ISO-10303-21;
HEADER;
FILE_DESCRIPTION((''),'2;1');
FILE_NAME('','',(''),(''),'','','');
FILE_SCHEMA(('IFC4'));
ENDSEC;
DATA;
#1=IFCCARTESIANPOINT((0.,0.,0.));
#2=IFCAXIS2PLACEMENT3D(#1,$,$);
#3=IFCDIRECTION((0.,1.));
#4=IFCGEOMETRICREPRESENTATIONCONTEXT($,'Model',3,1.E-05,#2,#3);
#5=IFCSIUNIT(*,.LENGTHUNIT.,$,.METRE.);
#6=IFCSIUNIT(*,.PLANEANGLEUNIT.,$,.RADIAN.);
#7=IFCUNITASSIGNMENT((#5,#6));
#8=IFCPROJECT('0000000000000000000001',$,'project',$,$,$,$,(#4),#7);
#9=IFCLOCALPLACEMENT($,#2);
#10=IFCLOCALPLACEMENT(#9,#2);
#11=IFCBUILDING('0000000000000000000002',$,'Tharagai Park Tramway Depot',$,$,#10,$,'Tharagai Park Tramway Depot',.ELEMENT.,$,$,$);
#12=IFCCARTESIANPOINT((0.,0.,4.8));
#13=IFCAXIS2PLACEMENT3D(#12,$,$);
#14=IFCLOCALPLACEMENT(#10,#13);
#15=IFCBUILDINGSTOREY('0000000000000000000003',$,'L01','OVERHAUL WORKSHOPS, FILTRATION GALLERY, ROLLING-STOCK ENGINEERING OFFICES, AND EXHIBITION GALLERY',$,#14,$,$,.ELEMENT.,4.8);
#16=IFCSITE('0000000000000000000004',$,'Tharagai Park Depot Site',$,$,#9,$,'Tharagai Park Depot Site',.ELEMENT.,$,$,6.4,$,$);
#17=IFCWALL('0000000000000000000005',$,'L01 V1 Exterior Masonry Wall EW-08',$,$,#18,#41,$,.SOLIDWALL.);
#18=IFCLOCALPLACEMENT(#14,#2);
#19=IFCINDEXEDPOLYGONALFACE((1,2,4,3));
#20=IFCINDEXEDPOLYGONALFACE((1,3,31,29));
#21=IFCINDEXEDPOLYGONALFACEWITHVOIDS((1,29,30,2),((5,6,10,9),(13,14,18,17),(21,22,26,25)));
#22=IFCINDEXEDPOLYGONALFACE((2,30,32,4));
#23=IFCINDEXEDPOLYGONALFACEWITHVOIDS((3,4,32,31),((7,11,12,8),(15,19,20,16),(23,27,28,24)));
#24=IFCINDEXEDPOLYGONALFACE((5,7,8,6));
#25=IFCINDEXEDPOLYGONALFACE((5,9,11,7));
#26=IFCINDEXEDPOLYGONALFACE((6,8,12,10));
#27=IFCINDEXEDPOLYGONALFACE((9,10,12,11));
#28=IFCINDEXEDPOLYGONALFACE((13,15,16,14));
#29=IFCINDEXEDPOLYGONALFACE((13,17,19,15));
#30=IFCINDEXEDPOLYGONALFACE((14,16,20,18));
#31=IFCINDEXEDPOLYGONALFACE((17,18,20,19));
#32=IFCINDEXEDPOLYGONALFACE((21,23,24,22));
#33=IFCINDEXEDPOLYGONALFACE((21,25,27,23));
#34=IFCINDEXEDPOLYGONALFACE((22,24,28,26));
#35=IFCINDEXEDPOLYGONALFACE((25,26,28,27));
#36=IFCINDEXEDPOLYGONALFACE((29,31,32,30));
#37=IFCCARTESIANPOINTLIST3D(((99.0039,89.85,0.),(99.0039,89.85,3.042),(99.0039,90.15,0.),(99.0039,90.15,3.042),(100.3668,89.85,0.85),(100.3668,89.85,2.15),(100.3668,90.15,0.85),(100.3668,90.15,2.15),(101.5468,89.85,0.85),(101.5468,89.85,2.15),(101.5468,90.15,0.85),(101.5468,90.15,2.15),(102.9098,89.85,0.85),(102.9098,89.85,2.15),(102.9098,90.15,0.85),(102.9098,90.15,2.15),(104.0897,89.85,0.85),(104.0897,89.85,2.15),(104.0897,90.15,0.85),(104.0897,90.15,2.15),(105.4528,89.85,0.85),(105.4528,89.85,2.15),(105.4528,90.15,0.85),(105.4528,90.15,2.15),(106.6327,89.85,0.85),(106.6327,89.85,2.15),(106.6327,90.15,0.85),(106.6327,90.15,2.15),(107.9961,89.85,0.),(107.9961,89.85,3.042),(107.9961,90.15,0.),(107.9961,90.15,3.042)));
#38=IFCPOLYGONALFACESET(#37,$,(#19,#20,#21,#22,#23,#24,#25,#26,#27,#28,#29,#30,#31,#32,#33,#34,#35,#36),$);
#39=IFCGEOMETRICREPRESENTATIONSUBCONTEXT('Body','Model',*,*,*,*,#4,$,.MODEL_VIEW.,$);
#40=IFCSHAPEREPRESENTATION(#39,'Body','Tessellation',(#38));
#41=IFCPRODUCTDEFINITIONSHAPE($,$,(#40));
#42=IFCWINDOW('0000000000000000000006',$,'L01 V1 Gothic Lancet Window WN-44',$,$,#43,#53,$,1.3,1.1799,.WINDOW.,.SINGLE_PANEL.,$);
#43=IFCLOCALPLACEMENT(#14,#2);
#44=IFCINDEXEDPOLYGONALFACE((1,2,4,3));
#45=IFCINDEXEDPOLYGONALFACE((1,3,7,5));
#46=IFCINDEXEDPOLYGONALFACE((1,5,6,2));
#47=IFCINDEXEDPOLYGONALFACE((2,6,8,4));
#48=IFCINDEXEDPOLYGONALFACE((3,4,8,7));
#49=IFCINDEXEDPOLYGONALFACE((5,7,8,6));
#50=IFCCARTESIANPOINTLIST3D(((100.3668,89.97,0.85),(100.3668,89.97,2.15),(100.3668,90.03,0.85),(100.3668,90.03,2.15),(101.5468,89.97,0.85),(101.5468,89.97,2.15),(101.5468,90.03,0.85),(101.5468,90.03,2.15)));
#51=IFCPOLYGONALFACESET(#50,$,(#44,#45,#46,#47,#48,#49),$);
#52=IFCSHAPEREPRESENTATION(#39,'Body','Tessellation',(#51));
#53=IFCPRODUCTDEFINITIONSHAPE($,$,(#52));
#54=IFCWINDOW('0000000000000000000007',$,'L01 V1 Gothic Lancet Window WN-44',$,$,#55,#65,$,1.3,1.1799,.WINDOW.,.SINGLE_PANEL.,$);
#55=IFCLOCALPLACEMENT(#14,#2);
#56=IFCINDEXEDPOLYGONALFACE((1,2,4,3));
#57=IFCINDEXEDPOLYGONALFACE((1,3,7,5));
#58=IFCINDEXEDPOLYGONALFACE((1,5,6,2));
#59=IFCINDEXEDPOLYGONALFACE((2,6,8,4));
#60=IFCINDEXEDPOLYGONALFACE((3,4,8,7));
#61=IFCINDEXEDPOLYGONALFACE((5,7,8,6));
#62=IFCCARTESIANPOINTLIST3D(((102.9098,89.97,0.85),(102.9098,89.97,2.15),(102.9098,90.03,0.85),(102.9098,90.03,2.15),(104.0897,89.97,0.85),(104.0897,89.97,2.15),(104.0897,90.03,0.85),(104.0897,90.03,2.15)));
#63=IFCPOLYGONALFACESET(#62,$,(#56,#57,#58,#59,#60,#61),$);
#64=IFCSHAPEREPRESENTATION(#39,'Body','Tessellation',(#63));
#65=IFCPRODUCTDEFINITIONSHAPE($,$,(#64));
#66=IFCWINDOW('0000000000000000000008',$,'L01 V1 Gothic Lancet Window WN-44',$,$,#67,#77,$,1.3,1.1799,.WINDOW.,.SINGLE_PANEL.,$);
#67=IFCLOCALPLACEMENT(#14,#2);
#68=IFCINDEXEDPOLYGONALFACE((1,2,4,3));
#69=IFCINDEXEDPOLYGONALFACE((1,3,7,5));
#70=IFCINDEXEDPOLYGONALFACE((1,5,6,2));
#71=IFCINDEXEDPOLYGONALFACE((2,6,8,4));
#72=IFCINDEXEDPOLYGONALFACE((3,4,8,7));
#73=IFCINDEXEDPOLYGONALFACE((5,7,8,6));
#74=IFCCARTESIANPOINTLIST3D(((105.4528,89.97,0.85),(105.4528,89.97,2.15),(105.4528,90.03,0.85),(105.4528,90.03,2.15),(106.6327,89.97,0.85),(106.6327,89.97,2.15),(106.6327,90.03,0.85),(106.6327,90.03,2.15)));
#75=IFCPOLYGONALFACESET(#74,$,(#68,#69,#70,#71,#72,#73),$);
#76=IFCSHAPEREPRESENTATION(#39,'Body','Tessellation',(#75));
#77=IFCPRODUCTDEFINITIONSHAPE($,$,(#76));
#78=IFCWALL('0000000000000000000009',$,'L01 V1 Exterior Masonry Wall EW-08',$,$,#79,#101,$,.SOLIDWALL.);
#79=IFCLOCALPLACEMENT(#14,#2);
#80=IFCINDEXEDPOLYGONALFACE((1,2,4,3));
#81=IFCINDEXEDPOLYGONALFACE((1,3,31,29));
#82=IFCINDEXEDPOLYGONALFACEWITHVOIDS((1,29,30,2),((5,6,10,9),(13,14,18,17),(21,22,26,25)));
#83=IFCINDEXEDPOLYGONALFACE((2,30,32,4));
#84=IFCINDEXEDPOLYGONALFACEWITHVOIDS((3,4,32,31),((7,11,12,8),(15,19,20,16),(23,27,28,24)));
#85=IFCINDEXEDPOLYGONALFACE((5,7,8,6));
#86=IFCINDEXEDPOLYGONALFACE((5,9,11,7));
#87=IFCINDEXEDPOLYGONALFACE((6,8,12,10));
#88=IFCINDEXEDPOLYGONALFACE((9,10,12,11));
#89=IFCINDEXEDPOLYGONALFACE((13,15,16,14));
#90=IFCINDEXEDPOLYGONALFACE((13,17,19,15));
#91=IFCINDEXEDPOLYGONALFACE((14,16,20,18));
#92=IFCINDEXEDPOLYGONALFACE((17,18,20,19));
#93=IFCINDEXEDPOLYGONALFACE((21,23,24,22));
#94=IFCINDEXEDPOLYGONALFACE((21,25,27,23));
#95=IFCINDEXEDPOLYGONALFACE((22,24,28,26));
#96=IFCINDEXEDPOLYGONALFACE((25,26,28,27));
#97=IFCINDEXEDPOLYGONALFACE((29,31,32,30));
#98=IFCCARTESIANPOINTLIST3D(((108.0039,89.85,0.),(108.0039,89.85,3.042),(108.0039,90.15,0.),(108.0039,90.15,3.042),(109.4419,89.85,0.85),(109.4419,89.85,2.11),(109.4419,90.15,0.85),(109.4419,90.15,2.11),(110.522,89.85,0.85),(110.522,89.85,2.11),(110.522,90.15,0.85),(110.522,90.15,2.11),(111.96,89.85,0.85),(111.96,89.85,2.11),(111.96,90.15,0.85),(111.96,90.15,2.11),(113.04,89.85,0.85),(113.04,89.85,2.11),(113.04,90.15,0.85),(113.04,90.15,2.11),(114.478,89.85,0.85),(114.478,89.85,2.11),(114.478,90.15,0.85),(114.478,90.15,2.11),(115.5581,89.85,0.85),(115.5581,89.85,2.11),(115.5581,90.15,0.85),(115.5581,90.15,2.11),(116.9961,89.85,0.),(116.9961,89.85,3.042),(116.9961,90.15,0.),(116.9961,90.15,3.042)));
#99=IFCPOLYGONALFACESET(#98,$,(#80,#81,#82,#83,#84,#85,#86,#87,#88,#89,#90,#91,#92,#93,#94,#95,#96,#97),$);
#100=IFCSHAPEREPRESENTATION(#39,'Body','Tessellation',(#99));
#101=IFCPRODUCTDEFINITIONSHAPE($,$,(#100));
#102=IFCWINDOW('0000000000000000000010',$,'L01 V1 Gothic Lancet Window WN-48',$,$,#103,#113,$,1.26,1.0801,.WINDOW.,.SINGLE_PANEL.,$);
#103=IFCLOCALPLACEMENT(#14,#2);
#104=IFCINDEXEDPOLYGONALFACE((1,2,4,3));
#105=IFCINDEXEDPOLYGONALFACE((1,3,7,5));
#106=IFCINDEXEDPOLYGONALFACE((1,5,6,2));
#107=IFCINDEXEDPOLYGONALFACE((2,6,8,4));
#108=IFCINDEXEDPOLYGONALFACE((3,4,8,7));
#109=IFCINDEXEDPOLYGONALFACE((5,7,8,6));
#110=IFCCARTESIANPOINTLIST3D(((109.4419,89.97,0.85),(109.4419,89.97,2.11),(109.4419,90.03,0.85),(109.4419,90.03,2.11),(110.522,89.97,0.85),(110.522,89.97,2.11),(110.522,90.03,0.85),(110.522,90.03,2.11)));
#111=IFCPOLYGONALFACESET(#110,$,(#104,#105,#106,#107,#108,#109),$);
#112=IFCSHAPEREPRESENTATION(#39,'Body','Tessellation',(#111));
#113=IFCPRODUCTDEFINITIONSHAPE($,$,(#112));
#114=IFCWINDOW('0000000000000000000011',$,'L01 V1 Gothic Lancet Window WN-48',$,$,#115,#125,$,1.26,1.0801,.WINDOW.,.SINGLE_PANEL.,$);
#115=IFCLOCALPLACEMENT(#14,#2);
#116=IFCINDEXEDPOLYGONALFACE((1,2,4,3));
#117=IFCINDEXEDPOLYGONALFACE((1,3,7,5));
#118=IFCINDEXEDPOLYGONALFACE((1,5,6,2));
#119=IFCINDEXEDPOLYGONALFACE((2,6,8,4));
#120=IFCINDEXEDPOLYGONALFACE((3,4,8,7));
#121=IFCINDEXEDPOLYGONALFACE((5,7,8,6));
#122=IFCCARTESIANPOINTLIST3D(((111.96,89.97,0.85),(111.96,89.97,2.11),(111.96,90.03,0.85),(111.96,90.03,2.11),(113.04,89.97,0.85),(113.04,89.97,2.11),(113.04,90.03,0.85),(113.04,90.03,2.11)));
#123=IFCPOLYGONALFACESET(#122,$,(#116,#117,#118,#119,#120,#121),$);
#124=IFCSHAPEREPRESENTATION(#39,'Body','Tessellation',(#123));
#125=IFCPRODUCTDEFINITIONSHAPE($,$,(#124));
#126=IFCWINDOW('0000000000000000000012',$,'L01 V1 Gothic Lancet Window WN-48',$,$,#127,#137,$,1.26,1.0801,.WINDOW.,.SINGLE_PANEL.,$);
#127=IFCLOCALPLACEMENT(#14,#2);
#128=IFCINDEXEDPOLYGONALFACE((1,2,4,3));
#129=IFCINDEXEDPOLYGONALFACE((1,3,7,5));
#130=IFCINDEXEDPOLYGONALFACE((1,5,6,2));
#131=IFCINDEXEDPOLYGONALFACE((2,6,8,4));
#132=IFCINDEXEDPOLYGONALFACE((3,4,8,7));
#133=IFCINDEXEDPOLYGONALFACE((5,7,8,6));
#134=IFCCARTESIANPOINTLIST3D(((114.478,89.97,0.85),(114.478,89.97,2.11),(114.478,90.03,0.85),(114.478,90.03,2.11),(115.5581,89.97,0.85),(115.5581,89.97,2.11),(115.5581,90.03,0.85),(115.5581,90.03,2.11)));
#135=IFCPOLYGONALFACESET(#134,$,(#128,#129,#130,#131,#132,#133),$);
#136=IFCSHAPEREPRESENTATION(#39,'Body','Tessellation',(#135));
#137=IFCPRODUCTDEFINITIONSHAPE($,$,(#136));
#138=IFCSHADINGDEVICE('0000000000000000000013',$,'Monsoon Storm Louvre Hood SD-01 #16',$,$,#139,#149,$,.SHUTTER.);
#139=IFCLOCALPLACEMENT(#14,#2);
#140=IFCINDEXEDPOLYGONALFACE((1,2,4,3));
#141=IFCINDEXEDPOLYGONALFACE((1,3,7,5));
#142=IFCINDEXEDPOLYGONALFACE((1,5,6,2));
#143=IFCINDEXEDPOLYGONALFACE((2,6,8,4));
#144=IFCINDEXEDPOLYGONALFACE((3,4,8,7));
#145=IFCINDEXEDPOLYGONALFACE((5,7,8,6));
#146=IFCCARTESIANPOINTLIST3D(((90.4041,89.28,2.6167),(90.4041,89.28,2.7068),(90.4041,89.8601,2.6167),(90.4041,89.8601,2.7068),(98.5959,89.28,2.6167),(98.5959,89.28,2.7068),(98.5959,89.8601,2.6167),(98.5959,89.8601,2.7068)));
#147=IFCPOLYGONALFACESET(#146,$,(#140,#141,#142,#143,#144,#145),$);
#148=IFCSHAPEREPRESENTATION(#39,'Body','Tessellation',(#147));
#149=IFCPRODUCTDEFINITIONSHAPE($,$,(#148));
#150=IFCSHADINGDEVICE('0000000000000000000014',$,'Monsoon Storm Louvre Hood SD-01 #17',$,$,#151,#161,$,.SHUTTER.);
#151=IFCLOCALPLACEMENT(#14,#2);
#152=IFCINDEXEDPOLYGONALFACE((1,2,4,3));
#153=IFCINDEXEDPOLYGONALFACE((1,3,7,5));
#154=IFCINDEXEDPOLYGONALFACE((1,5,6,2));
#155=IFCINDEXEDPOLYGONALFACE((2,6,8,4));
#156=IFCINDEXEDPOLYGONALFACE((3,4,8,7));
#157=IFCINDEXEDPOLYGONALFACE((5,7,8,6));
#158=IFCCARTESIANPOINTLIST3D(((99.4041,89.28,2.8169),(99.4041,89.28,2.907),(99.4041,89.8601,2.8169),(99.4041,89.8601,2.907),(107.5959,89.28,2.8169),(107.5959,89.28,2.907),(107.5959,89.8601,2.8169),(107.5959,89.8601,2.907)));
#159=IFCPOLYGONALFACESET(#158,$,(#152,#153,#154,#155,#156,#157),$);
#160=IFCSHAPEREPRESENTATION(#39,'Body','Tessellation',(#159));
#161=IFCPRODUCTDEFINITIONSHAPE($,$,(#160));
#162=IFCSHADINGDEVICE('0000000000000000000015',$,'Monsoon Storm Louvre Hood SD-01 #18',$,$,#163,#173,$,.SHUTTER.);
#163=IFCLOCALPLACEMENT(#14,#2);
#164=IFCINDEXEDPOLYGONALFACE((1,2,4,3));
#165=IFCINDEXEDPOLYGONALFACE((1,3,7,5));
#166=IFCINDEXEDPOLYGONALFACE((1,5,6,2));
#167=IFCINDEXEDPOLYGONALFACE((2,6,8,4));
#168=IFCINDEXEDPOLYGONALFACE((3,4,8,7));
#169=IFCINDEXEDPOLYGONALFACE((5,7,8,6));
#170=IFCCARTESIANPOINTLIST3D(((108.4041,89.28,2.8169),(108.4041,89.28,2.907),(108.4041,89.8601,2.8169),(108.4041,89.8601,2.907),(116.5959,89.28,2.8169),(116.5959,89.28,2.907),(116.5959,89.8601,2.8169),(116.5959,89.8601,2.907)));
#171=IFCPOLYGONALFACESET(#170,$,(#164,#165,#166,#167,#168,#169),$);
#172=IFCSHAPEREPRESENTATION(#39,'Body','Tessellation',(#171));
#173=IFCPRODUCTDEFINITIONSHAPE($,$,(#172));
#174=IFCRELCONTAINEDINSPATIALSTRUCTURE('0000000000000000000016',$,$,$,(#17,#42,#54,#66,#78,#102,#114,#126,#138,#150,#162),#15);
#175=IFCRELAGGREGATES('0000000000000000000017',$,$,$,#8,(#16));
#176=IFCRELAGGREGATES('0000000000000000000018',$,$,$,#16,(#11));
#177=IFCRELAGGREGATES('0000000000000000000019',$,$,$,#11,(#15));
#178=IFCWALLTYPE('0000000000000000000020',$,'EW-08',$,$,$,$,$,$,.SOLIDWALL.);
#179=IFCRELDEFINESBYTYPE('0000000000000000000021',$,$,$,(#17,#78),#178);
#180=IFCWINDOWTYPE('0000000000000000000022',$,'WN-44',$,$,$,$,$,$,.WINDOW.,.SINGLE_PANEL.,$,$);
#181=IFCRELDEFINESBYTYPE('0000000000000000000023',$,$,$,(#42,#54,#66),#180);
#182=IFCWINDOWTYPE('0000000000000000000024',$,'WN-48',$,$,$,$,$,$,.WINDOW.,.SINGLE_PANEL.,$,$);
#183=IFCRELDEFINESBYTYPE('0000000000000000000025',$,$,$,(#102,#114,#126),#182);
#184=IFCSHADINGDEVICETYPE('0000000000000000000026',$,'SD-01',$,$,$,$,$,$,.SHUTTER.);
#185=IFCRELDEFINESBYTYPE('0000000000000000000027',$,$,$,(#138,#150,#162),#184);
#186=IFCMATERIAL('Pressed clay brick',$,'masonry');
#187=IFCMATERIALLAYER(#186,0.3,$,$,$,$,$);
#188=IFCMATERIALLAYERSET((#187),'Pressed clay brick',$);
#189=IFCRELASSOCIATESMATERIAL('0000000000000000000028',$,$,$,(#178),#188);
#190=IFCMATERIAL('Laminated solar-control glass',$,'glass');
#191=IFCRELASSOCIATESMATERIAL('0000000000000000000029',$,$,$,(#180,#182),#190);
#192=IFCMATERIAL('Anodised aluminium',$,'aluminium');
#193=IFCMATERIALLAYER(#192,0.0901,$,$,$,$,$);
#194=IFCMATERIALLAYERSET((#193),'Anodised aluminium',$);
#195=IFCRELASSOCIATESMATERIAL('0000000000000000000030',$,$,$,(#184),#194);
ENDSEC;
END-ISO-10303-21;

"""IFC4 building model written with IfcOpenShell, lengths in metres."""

from ifc_helpers import new_model, si_unit, direction, frame, frame_2d, origin, origin_2d, place, context, subcontext, project, spatial, rectangle, extrude, material, layer, layer_set, type_object, element, fill, save


model = new_model("IFC4")

# Units and contexts
model_context = context("Model", 3, precision=1e-05, world=origin(), true_north=direction((0.0, 1.0)))
body_context = subcontext(model_context, "Body", "Model", "MODEL_VIEW")
ifc_project = project(units=[si_unit("LENGTHUNIT", "METRE"), si_unit("PLANEANGLEUNIT", "RADIAN")], contexts=[model_context])

# Site, building, storey
site_placement = place(None, origin())
site = spatial("IfcSite", under=ifc_project, at=site_placement, Name="Tharagai Park Depot Site", LongName="Tharagai Park Depot Site", CompositionType="ELEMENT", RefElevation=6.4)
building_placement = place(site_placement, origin())
building = spatial("IfcBuilding", under=site, at=building_placement, Name="Tharagai Park Tramway Depot", LongName="Tharagai Park Tramway Depot", CompositionType="ELEMENT")
storey_placement = place(building_placement, frame((0.0, 0.0, 4.8)))
storey = spatial("IfcBuildingStorey", under=building, at=storey_placement, Name="L01", Description="OVERHAUL WORKSHOPS, FILTRATION GALLERY, ROLLING-STOCK ENGINEERING OFFICES, AND EXHIBITION GALLERY", CompositionType="ELEMENT", Elevation=4.8)

# Shared definitions
ifc_material_1 = material(Name="Anodised aluminium", Category="aluminium")

# Walls, openings, windows
ifc_material_2 = material(Name="Pressed clay brick", Category="masonry")
ifc_layer_1 = layer(ifc_material_2, 0.3)
ifc_layer_set_1 = layer_set([ifc_layer_1], Name="Pressed clay brick")
wall_type = type_object("IfcWallType", Name="EW-08", PredefinedType="SOLIDWALL", material=ifc_layer_set_1)
wall_1_placement = place(storey_placement, frame((99.0039, 90.0, 0.0), z_axis=(0.0, 0.0, 1.0), x_axis=(1.0, 0.0, 0.0)))
wall_1 = element("IfcWall", 1, at=wall_1_placement, inside=storey, type_object=wall_type, Name="L01 V1 Exterior Masonry Wall EW-08", PredefinedType="SOLIDWALL", context=body_context, shape_type="SweptSolid", body=[
    extrude(rectangle(XDim=8.9922, YDim=0.3, at=frame_2d((4.4961, 0.0))), origin(), (0.0, 0.0, 1.0), 3.042),
])
opening_1_placement = place(wall_1_placement, frame((1.363, 0.0, 0.8501)))
opening_1 = element("IfcOpeningElement", 2, at=opening_1_placement, cuts=wall_1, PredefinedType="OPENING", context=body_context, shape_type="SweptSolid", body=[
    extrude(rectangle(XDim=1.1799, YDim=1.3, at=frame_2d((0.5898, 0.6499))), frame((0.0, 0.1599, 0.0), z_axis=(0.0, -1.0, 0.0), x_axis=(1.0, 0.0, 0.0)), (0.0, 0.0, 1.0), 0.3201),
])
opening_2_placement = place(wall_1_placement, frame((3.906, 0.0, 0.8501)))
opening_2 = element("IfcOpeningElement", 3, at=opening_2_placement, cuts=wall_1, PredefinedType="OPENING", context=body_context, shape_type="SweptSolid", body=[
    extrude(rectangle(XDim=1.1799, YDim=1.3, at=frame_2d((0.5898, 0.6499))), frame((0.0, 0.1599, 0.0), z_axis=(0.0, -1.0, 0.0), x_axis=(1.0, 0.0, 0.0)), (0.0, 0.0, 1.0), 0.3201),
])
opening_3_placement = place(wall_1_placement, frame((6.449, 0.0, 0.8501)))
opening_3 = element("IfcOpeningElement", 4, at=opening_3_placement, cuts=wall_1, PredefinedType="OPENING", context=body_context, shape_type="SweptSolid", body=[
    extrude(rectangle(XDim=1.1799, YDim=1.3, at=frame_2d((0.5898, 0.6499))), frame((0.0, 0.1599, 0.0), z_axis=(0.0, -1.0, 0.0), x_axis=(1.0, 0.0, 0.0)), (0.0, 0.0, 1.0), 0.3201),
])
ifc_material_3 = material(Name="Laminated solar-control glass", Category="glass")
window_type_1 = type_object("IfcWindowType", Name="WN-44", PartitioningType="SINGLE_PANEL", PredefinedType="WINDOW", material=ifc_material_3)
window_1_placement = place(opening_1_placement, origin())
window_1 = element("IfcWindow", 5, at=window_1_placement, inside=storey, type_object=window_type_1, Name="L01 V1 Gothic Lancet Window WN-44", OverallHeight=1.3, OverallWidth=1.1799, PartitioningType="SINGLE_PANEL", PredefinedType="WINDOW", context=body_context, shape_type="SweptSolid", body=[
    extrude(rectangle(XDim=1.1799, YDim=1.3, at=frame_2d((0.5898, 0.6499))), frame((0.0, 0.03, 0.0), z_axis=(0.0, -1.0, 0.0), x_axis=(1.0, 0.0, 0.0)), (0.0, 0.0, 1.0), 0.0601),
])
fill(opening_1, window_1)
window_2_placement = place(opening_2_placement, origin())
window_2 = element("IfcWindow", 6, at=window_2_placement, inside=storey, type_object=window_type_1, Name="L01 V1 Gothic Lancet Window WN-44", OverallHeight=1.3, OverallWidth=1.1799, PartitioningType="SINGLE_PANEL", PredefinedType="WINDOW", context=body_context, shape_type="SweptSolid", body=[
    extrude(rectangle(XDim=1.1799, YDim=1.3, at=frame_2d((0.5898, 0.6499))), frame((0.0, 0.03, 0.0), z_axis=(0.0, -1.0, 0.0), x_axis=(1.0, 0.0, 0.0)), (0.0, 0.0, 1.0), 0.0601),
])
fill(opening_2, window_2)
window_3_placement = place(opening_3_placement, origin())
window_3 = element("IfcWindow", 7, at=window_3_placement, inside=storey, type_object=window_type_1, Name="L01 V1 Gothic Lancet Window WN-44", OverallHeight=1.3, OverallWidth=1.1799, PartitioningType="SINGLE_PANEL", PredefinedType="WINDOW", context=body_context, shape_type="SweptSolid", body=[
    extrude(rectangle(XDim=1.1799, YDim=1.3, at=frame_2d((0.5898, 0.6499))), frame((0.0, 0.03, 0.0), z_axis=(0.0, -1.0, 0.0), x_axis=(1.0, 0.0, 0.0)), (0.0, 0.0, 1.0), 0.0601),
])
fill(opening_3, window_3)
wall_2_placement = place(storey_placement, frame((108.0039, 90.0, 0.0), z_axis=(0.0, 0.0, 1.0), x_axis=(1.0, 0.0, 0.0)))
wall_2 = element("IfcWall", 8, at=wall_2_placement, inside=storey, type_object=wall_type, Name="L01 V1 Exterior Masonry Wall EW-08", PredefinedType="SOLIDWALL", context=body_context, shape_type="SweptSolid", body=[
    extrude(rectangle(XDim=8.9922, YDim=0.3, at=frame_2d((4.4961, 0.0))), origin(), (0.0, 0.0, 1.0), 3.042),
])
opening_4_placement = place(wall_2_placement, frame((1.438, 0.0, 0.8501)))
opening_4 = element("IfcOpeningElement", 9, at=opening_4_placement, cuts=wall_2, PredefinedType="OPENING", context=body_context, shape_type="SweptSolid", body=[
    extrude(rectangle(XDim=1.0801, YDim=1.26, at=frame_2d((0.54, 0.6299))), frame((0.0, 0.1599, 0.0), z_axis=(0.0, -1.0, 0.0), x_axis=(1.0, 0.0, 0.0)), (0.0, 0.0, 1.0), 0.3201),
])
opening_5_placement = place(wall_2_placement, frame((3.9561, 0.0, 0.8501)))
opening_5 = element("IfcOpeningElement", 10, at=opening_5_placement, cuts=wall_2, PredefinedType="OPENING", context=body_context, shape_type="SweptSolid", body=[
    extrude(rectangle(XDim=1.0801, YDim=1.26, at=frame_2d((0.54, 0.6299))), frame((0.0, 0.1599, 0.0), z_axis=(0.0, -1.0, 0.0), x_axis=(1.0, 0.0, 0.0)), (0.0, 0.0, 1.0), 0.3201),
])
opening_6_placement = place(wall_2_placement, frame((6.4741, 0.0, 0.8501)))
opening_6 = element("IfcOpeningElement", 11, at=opening_6_placement, cuts=wall_2, PredefinedType="OPENING", context=body_context, shape_type="SweptSolid", body=[
    extrude(rectangle(XDim=1.0801, YDim=1.26, at=frame_2d((0.54, 0.6299))), frame((0.0, 0.1599, 0.0), z_axis=(0.0, -1.0, 0.0), x_axis=(1.0, 0.0, 0.0)), (0.0, 0.0, 1.0), 0.3201),
])
window_type_2 = type_object("IfcWindowType", Name="WN-48", PartitioningType="SINGLE_PANEL", PredefinedType="WINDOW", material=ifc_material_3)
window_4_placement = place(opening_4_placement, origin())
window_4 = element("IfcWindow", 12, at=window_4_placement, inside=storey, type_object=window_type_2, Name="L01 V1 Gothic Lancet Window WN-48", OverallHeight=1.26, OverallWidth=1.0801, PartitioningType="SINGLE_PANEL", PredefinedType="WINDOW", context=body_context, shape_type="SweptSolid", body=[
    extrude(rectangle(XDim=1.0801, YDim=1.26, at=frame_2d((0.54, 0.6299))), frame((0.0, 0.03, 0.0), z_axis=(0.0, -1.0, 0.0), x_axis=(1.0, 0.0, 0.0)), (0.0, 0.0, 1.0), 0.0601),
])
fill(opening_4, window_4)
window_5_placement = place(opening_5_placement, origin())
window_5 = element("IfcWindow", 13, at=window_5_placement, inside=storey, type_object=window_type_2, Name="L01 V1 Gothic Lancet Window WN-48", OverallHeight=1.26, OverallWidth=1.0801, PartitioningType="SINGLE_PANEL", PredefinedType="WINDOW", context=body_context, shape_type="SweptSolid", body=[
    extrude(rectangle(XDim=1.0801, YDim=1.26, at=frame_2d((0.54, 0.6299))), frame((0.0, 0.03, 0.0), z_axis=(0.0, -1.0, 0.0), x_axis=(1.0, 0.0, 0.0)), (0.0, 0.0, 1.0), 0.0601),
])
fill(opening_5, window_5)
window_6_placement = place(opening_6_placement, origin())
window_6 = element("IfcWindow", 14, at=window_6_placement, inside=storey, type_object=window_type_2, Name="L01 V1 Gothic Lancet Window WN-48", OverallHeight=1.26, OverallWidth=1.0801, PartitioningType="SINGLE_PANEL", PredefinedType="WINDOW", context=body_context, shape_type="SweptSolid", body=[
    extrude(rectangle(XDim=1.0801, YDim=1.26, at=frame_2d((0.54, 0.6299))), frame((0.0, 0.03, 0.0), z_axis=(0.0, -1.0, 0.0), x_axis=(1.0, 0.0, 0.0)), (0.0, 0.0, 1.0), 0.0601),
])
fill(opening_6, window_6)

# Shading devices
ifc_layer_2 = layer(ifc_material_1, 0.0901)
ifc_layer_set_2 = layer_set([ifc_layer_2], Name="Anodised aluminium")
shading_device_type_1 = type_object("IfcShadingDeviceType", Name="SD-01", PredefinedType="SHUTTER", material=ifc_layer_set_2)
for number, where, z_axis, x_axis, name in (
    (15, (94.5, 89.5701, 2.6167), (0.0, 0.0, 1.0), (1.0, 0.0, 0.0), "Monsoon Storm Louvre Hood SD-01 #16"),
    (16, (103.5, 89.5701, 2.8169), (0.0, 0.0, 1.0), (1.0, 0.0, 0.0), "Monsoon Storm Louvre Hood SD-01 #17"),
    (17, (112.5, 89.5701, 2.8169), (0.0, 0.0, 1.0), (1.0, 0.0, 0.0), "Monsoon Storm Louvre Hood SD-01 #18"),
):
    element("IfcShadingDevice", number, at=place(storey_placement, frame(where, z_axis=z_axis, x_axis=x_axis)), inside=storey, type_object=shading_device_type_1, Name=name, PredefinedType="SHUTTER", context=body_context, shape_type="SweptSolid", body=[
        extrude(rectangle(XDim=8.1919, YDim=0.5801, at=origin_2d()), origin(), (0.0, 0.0, 1.0), 0.0901),
    ])

save(model, "model.ifc")
